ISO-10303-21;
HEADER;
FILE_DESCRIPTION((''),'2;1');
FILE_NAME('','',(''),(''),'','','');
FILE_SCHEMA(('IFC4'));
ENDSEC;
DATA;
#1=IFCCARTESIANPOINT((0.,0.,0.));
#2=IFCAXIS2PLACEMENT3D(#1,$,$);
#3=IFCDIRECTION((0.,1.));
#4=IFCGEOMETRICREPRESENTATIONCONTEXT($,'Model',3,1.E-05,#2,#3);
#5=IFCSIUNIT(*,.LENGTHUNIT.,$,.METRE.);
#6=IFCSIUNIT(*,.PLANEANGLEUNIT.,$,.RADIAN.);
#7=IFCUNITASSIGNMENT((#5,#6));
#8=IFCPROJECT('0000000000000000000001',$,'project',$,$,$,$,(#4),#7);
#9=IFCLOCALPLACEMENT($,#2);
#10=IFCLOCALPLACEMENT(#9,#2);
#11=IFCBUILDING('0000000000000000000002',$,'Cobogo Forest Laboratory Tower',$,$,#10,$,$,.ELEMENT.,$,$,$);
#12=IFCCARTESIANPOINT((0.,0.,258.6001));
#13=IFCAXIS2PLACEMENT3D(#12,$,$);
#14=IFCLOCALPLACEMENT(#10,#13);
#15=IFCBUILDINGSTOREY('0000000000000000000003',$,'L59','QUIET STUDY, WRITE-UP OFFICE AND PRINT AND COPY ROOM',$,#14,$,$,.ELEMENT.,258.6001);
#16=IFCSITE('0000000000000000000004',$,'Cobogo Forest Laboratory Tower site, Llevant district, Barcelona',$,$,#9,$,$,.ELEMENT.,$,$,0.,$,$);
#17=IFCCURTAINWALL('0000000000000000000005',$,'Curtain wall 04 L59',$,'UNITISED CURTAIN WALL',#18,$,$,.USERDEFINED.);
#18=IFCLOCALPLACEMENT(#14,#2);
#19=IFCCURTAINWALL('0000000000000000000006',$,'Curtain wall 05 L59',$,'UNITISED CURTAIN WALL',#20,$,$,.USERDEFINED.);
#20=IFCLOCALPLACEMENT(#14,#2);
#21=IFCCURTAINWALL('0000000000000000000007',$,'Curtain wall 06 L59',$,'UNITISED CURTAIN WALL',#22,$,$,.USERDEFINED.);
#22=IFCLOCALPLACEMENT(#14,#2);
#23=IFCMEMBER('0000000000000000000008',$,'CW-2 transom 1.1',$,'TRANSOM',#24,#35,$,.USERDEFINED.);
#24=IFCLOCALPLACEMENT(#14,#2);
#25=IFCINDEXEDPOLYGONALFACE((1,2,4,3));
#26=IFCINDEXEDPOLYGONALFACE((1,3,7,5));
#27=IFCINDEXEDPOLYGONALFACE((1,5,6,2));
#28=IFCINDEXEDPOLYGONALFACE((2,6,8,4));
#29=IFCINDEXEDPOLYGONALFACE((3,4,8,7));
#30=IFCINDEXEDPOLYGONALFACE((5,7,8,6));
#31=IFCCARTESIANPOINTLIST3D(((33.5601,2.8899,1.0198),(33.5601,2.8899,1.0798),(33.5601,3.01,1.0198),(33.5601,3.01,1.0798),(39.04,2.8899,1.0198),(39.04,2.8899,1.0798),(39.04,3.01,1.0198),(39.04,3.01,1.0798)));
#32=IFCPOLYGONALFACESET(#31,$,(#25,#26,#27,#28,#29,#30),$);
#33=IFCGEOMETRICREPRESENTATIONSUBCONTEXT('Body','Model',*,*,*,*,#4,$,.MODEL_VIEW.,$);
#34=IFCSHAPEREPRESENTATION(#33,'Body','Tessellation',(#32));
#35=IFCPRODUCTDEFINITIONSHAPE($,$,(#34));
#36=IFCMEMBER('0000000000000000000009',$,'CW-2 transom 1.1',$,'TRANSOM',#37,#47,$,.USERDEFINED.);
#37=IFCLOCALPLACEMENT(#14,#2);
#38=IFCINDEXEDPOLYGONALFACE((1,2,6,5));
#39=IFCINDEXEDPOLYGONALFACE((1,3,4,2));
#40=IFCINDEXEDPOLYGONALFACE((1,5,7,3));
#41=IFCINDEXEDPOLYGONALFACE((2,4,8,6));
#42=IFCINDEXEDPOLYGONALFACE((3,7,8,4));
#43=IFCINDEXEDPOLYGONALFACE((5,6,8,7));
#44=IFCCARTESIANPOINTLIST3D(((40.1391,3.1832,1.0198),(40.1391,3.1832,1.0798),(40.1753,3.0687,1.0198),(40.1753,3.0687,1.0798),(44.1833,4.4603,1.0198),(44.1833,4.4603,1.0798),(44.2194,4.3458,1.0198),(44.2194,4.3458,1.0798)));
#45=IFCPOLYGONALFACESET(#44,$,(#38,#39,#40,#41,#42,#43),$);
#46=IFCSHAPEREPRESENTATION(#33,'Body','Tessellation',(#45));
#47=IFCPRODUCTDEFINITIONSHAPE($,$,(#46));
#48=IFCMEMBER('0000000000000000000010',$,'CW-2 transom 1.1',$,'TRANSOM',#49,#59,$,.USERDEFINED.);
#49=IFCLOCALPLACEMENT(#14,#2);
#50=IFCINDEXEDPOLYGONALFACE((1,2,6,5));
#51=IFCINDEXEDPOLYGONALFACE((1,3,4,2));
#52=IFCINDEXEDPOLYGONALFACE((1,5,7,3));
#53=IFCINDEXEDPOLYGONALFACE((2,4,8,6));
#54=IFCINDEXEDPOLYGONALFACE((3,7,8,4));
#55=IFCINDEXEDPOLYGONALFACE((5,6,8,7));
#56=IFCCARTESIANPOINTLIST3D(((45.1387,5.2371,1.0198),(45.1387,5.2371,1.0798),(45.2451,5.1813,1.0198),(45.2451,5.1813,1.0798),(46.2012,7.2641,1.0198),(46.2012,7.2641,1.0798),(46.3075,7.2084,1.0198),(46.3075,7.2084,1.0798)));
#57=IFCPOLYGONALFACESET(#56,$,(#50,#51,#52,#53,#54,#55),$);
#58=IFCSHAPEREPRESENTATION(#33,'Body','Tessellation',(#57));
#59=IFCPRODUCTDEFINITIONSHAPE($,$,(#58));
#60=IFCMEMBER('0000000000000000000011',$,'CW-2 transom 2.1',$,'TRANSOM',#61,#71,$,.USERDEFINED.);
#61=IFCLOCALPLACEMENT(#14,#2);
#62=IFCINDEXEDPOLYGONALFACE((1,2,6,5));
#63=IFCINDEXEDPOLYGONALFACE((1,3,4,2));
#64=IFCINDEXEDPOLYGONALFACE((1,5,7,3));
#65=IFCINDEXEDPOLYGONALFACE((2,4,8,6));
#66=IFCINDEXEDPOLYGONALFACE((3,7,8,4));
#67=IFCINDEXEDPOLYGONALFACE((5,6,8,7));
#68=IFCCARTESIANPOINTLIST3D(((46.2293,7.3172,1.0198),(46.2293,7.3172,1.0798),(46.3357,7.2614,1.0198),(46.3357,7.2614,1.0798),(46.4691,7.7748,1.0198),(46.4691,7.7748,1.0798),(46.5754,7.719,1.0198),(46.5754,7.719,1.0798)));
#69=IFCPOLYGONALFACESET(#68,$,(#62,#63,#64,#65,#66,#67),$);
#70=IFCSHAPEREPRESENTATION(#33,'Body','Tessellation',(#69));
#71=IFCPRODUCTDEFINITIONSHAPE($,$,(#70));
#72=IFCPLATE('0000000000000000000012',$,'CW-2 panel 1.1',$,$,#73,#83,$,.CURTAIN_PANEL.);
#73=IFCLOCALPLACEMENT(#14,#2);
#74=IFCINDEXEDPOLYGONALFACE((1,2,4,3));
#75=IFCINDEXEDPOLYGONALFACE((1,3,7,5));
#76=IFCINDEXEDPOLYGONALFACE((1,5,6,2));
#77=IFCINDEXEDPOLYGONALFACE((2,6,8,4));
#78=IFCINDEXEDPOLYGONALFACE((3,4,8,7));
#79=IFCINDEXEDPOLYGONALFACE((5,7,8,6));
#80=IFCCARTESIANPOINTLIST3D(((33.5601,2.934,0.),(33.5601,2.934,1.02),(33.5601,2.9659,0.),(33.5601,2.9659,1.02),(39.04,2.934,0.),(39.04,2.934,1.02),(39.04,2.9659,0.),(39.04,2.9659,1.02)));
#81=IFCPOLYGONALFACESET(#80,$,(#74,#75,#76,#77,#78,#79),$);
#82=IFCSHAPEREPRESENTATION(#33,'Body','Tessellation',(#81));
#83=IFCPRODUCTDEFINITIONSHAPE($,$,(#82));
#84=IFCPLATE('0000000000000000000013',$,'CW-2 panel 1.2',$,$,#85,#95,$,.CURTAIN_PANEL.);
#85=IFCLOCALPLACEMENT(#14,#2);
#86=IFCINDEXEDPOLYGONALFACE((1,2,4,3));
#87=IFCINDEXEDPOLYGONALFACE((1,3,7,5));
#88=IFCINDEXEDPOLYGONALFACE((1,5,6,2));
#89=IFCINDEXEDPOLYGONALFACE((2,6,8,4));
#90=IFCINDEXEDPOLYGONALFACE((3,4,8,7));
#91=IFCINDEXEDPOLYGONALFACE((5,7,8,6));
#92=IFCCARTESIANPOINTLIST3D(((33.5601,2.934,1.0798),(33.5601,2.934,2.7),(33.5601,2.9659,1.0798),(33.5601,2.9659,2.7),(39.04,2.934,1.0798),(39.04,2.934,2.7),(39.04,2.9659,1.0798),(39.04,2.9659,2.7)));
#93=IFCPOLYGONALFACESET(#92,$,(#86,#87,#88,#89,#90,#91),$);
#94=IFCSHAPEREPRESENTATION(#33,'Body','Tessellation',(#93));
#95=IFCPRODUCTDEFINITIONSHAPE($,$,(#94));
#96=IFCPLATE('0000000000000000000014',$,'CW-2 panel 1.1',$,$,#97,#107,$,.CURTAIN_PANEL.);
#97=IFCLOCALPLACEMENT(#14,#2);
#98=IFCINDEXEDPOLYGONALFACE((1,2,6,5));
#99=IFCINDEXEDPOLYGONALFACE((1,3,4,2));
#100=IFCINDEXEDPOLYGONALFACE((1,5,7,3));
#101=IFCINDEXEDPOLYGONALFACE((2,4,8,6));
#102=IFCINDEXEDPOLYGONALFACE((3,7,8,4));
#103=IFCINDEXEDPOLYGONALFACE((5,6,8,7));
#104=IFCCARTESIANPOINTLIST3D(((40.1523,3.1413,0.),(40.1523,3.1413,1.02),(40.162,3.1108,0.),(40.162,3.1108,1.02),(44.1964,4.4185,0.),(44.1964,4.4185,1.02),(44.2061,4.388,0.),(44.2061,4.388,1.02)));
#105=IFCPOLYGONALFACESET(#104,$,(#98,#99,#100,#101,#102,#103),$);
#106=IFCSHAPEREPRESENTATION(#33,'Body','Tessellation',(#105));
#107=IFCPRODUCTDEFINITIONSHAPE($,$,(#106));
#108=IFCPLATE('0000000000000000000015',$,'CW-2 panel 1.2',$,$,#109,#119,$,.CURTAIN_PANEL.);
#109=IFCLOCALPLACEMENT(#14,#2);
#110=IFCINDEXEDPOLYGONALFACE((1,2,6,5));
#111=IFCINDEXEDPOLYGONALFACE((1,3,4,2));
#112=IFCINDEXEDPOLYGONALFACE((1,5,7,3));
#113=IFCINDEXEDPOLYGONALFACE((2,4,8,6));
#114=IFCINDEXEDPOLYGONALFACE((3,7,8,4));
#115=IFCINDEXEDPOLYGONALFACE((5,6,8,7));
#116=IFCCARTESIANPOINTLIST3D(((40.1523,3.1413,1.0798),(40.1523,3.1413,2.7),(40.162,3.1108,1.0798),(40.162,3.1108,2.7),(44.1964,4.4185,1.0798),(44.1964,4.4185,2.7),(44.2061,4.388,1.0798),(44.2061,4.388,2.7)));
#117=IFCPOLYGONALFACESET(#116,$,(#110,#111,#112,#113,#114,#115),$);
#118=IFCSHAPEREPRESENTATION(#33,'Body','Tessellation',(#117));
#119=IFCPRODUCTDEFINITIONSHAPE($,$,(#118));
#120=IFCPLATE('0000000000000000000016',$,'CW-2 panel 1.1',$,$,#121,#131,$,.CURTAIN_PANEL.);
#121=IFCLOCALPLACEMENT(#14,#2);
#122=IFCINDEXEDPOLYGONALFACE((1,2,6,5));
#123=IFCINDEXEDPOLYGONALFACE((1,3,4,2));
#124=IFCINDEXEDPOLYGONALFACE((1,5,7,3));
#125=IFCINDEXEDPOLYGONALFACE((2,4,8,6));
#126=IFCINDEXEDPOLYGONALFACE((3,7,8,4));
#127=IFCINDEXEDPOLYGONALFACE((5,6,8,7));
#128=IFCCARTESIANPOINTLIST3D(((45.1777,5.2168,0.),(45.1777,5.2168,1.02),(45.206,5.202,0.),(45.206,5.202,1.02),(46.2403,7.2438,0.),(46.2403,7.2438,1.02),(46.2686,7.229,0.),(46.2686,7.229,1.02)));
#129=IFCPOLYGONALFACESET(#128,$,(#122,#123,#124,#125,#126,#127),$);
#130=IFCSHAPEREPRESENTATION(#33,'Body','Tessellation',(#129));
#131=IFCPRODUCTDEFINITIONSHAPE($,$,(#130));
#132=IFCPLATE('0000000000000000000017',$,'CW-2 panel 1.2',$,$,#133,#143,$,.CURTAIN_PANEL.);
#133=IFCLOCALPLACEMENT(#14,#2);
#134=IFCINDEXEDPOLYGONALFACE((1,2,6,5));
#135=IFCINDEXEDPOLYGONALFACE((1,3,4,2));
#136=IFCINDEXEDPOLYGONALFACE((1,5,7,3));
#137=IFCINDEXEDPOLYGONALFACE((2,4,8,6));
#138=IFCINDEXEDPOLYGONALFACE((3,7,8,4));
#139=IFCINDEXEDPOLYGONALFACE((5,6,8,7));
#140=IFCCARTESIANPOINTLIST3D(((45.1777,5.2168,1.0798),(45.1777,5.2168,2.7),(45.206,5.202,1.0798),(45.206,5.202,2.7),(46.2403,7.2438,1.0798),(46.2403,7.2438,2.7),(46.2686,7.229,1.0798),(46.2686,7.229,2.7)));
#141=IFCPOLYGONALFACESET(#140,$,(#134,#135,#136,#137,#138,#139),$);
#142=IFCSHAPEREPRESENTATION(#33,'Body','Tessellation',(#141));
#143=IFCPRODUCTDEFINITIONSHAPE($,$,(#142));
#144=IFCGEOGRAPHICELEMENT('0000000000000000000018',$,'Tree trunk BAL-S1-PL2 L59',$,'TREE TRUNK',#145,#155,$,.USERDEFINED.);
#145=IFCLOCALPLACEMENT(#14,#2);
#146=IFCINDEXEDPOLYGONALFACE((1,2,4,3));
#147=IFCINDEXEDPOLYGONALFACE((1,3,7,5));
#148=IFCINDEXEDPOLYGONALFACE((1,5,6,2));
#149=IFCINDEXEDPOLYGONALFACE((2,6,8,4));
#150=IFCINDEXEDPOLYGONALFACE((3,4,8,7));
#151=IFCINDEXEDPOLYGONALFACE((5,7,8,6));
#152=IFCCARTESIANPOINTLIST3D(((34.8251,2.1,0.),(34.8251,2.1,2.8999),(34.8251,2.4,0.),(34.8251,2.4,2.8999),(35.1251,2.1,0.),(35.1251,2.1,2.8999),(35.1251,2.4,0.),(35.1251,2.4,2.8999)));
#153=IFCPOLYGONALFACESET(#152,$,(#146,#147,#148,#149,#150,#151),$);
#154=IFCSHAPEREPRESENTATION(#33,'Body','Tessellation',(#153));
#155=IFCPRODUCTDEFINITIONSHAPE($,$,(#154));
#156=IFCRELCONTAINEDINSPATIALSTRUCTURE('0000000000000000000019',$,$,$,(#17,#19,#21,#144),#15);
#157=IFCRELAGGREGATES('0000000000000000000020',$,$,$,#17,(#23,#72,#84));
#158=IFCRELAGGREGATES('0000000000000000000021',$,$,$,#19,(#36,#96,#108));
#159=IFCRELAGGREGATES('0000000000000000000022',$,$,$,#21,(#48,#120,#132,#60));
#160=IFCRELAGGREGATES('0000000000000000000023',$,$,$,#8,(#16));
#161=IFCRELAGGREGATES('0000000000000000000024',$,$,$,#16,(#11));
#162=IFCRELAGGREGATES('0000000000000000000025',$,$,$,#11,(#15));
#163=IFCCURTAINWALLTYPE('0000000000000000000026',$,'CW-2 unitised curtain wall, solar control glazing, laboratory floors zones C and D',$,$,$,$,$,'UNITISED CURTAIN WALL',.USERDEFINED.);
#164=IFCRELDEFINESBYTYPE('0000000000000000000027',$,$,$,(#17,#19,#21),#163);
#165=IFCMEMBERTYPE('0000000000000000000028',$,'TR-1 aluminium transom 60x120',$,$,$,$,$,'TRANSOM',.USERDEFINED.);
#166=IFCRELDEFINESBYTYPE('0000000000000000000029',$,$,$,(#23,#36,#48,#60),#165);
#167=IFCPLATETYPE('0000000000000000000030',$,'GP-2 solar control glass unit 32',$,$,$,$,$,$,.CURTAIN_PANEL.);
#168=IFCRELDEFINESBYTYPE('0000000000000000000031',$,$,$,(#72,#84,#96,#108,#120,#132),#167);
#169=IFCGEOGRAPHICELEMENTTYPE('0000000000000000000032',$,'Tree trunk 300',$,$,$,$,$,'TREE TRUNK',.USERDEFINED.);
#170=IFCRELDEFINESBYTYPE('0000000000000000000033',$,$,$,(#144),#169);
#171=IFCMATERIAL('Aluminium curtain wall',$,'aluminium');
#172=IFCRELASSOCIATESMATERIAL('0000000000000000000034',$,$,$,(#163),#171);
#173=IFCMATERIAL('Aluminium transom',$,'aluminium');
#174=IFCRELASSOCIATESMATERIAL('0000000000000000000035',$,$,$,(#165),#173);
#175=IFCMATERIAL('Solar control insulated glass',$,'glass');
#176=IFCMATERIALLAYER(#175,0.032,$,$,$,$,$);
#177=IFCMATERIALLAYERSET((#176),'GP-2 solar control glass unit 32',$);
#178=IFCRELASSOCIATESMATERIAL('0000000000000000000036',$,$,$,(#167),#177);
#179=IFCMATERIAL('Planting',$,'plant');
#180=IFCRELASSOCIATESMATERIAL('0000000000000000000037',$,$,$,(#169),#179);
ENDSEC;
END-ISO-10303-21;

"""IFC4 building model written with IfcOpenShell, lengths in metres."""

from ifc_helpers import new_model, si_unit, direction, frame, origin, origin_2d, place, context, subcontext, project, spatial, rectangle, extrude, material, layer, layer_set, material_profile, profile_set, type_object, element, aggregate, save


model = new_model("IFC4")

# Units and contexts
model_context = context("Model", 3, precision=1e-05, world=origin(), true_north=direction((0.0, 1.0)))
body_context = subcontext(model_context, "Body", "Model", "MODEL_VIEW")
ifc_project = project(units=[si_unit("LENGTHUNIT", "METRE"), si_unit("PLANEANGLEUNIT", "RADIAN")], contexts=[model_context])

# Site, building, storey
site_placement = place(None, origin())
site = spatial("IfcSite", under=ifc_project, at=site_placement, Name="Cobogo Forest Laboratory Tower site, Llevant district, Barcelona", CompositionType="ELEMENT", RefElevation=0.0)
building_placement = place(site_placement, origin())
building = spatial("IfcBuilding", under=site, at=building_placement, Name="Cobogo Forest Laboratory Tower", CompositionType="ELEMENT")
storey_placement = place(building_placement, frame((0.0, 0.0, 258.6001)))
storey = spatial("IfcBuildingStorey", under=building, at=storey_placement, Name="L59", Description="QUIET STUDY, WRITE-UP OFFICE AND PRINT AND COPY ROOM", CompositionType="ELEMENT", Elevation=258.6001)

# Curtain walls
ifc_material_1 = material(Name="Aluminium curtain wall", Category="aluminium")
curtain_wall_type = type_object("IfcCurtainWallType", Name="CW-2 unitised curtain wall, solar control glazing, laboratory floors zones C and D", ElementType="UNITISED CURTAIN WALL", PredefinedType="USERDEFINED", material=ifc_material_1)
curtain_wall_1_placement = place(storey_placement, origin())
curtain_wall_1 = element("IfcCurtainWall", 1, at=curtain_wall_1_placement, inside=storey, type_object=curtain_wall_type, Name="Curtain wall 04 L59", ObjectType="UNITISED CURTAIN WALL", PredefinedType="USERDEFINED")
curtain_wall_2_placement = place(storey_placement, origin())
curtain_wall_2 = element("IfcCurtainWall", 2, at=curtain_wall_2_placement, inside=storey, type_object=curtain_wall_type, Name="Curtain wall 05 L59", ObjectType="UNITISED CURTAIN WALL", PredefinedType="USERDEFINED")
curtain_wall_3_placement = place(storey_placement, origin())
curtain_wall_3 = element("IfcCurtainWall", 3, at=curtain_wall_3_placement, inside=storey, type_object=curtain_wall_type, Name="Curtain wall 06 L59", ObjectType="UNITISED CURTAIN WALL", PredefinedType="USERDEFINED")

# Members
ifc_material_2 = material(Name="Aluminium transom", Category="aluminium")
ifc_material_profile_1 = material_profile(ifc_material_2, rectangle(XDim=0.1201, YDim=0.0601, at=origin_2d()), Name="AL 60x120")
ifc_profile_set_1 = profile_set([ifc_material_profile_1], Name="Aluminium transom")
member_type_1 = type_object("IfcMemberType", Name="TR-1 aluminium transom 60x120", ElementType="TRANSOM", PredefinedType="USERDEFINED", material=ifc_profile_set_1)
member_1_placement = place(storey_placement, frame((33.5601, 2.95, 1.0498), z_axis=(1.0, 0.0, 0.0), x_axis=(0.0, 1.0, 0.0)))
member_1 = element("IfcMember", 4, at=member_1_placement, type_object=member_type_1, Name="CW-2 transom 1.1", ObjectType="TRANSOM", PredefinedType="USERDEFINED", context=body_context, shape_type="SweptSolid", body=[
    extrude(rectangle(XDim=0.1201, YDim=0.0601, at=origin_2d()), origin(), (0.0, 0.0, 1.0), 5.48),
])
member_2_placement = place(storey_placement, frame((40.1572, 3.126, 1.0498), z_axis=(0.953584, 0.301129, 0.0), x_axis=(-0.301129, 0.953584, 0.0)))
member_2 = element("IfcMember", 5, at=member_2_placement, type_object=member_type_1, Name="CW-2 transom 1.1", ObjectType="TRANSOM", PredefinedType="USERDEFINED", context=body_context, shape_type="SweptSolid", body=[
    extrude(rectangle(XDim=0.1201, YDim=0.0601, at=origin_2d()), origin(), (0.0, 0.0, 1.0), 4.241),
])
member_3_placement = place(storey_placement, frame((45.1919, 5.2092, 1.0498), z_axis=(0.464242, 0.885708, 0.0), x_axis=(-0.885708, 0.464242, 0.0)))
member_3 = element("IfcMember", 6, at=member_3_placement, type_object=member_type_1, Name="CW-2 transom 1.1", ObjectType="TRANSOM", PredefinedType="USERDEFINED", context=body_context, shape_type="SweptSolid", body=[
    extrude(rectangle(XDim=0.1201, YDim=0.0601, at=origin_2d()), origin(), (0.0, 0.0, 1.0), 2.2886),
])
member_4_placement = place(storey_placement, frame((46.2825, 7.2893, 1.0498), z_axis=(0.464148, 0.885758, 0.0), x_axis=(-0.885758, 0.464148, 0.0)))
member_4 = element("IfcMember", 7, at=member_4_placement, type_object=member_type_1, Name="CW-2 transom 2.1", ObjectType="TRANSOM", PredefinedType="USERDEFINED", context=body_context, shape_type="SweptSolid", body=[
    extrude(rectangle(XDim=0.1201, YDim=0.0601, at=origin_2d()), origin(), (0.0, 0.0, 1.0), 0.5166),
])

# Plates
ifc_material_3 = material(Name="Solar control insulated glass", Category="glass")
ifc_layer = layer(ifc_material_3, 0.032)
ifc_layer_set = layer_set([ifc_layer], Name="GP-2 solar control glass unit 32")
plate_type = type_object("IfcPlateType", Name="GP-2 solar control glass unit 32", PredefinedType="CURTAIN_PANEL", material=ifc_layer_set)
plate_1_placement = place(storey_placement, frame((36.3, 2.95, 0.0), z_axis=(0.0, 0.0, 1.0), x_axis=(1.0, 0.0, 0.0)))
plate_1 = element("IfcPlate", 8, at=plate_1_placement, type_object=plate_type, Name="CW-2 panel 1.1", PredefinedType="CURTAIN_PANEL", context=body_context, shape_type="SweptSolid", body=[
    extrude(rectangle(XDim=5.48, YDim=0.032, at=origin_2d()), origin(), (0.0, 0.0, 1.0), 1.02),
])
plate_2_placement = place(storey_placement, frame((36.3, 2.95, 1.0798), z_axis=(0.0, 0.0, 1.0), x_axis=(1.0, 0.0, 0.0)))
plate_2 = element("IfcPlate", 9, at=plate_2_placement, type_object=plate_type, Name="CW-2 panel 1.2", PredefinedType="CURTAIN_PANEL", context=body_context, shape_type="SweptSolid", body=[
    extrude(rectangle(XDim=5.48, YDim=0.032, at=origin_2d()), origin(), (0.0, 0.0, 1.0), 1.6201),
])
aggregate(curtain_wall_1, [member_1, plate_1, plate_2])
plate_3_placement = place(storey_placement, frame((42.1792, 3.7646, 0.0), z_axis=(0.0, 0.0, 1.0), x_axis=(0.953581, 0.301135, 0.0)))
plate_3 = element("IfcPlate", 10, at=plate_3_placement, type_object=plate_type, Name="CW-2 panel 1.1", PredefinedType="CURTAIN_PANEL", context=body_context, shape_type="SweptSolid", body=[
    extrude(rectangle(XDim=4.241, YDim=0.032, at=origin_2d()), origin(), (0.0, 0.0, 1.0), 1.02),
])
plate_4_placement = place(storey_placement, frame((42.1792, 3.7646, 1.0798), z_axis=(0.0, 0.0, 1.0), x_axis=(0.953581, 0.301135, 0.0)))
plate_4 = element("IfcPlate", 11, at=plate_4_placement, type_object=plate_type, Name="CW-2 panel 1.2", PredefinedType="CURTAIN_PANEL", context=body_context, shape_type="SweptSolid", body=[
    extrude(rectangle(XDim=4.241, YDim=0.032, at=origin_2d()), origin(), (0.0, 0.0, 1.0), 1.6201),
])
aggregate(curtain_wall_2, [member_2, plate_3, plate_4])
plate_5_placement = place(storey_placement, frame((45.7231, 6.2229, 0.0), z_axis=(0.0, 0.0, 1.0), x_axis=(0.464284, 0.885686, 0.0)))
plate_5 = element("IfcPlate", 12, at=plate_5_placement, type_object=plate_type, Name="CW-2 panel 1.1", PredefinedType="CURTAIN_PANEL", context=body_context, shape_type="SweptSolid", body=[
    extrude(rectangle(XDim=2.2886, YDim=0.032, at=origin_2d()), origin(), (0.0, 0.0, 1.0), 1.02),
])
plate_6_placement = place(storey_placement, frame((45.7231, 6.2229, 1.0798), z_axis=(0.0, 0.0, 1.0), x_axis=(0.464284, 0.885686, 0.0)))
plate_6 = element("IfcPlate", 13, at=plate_6_placement, type_object=plate_type, Name="CW-2 panel 1.2", PredefinedType="CURTAIN_PANEL", context=body_context, shape_type="SweptSolid", body=[
    extrude(rectangle(XDim=2.2886, YDim=0.032, at=origin_2d()), origin(), (0.0, 0.0, 1.0), 1.6201),
])
aggregate(curtain_wall_3, [member_3, plate_5, plate_6, member_4])

# Geographic element
ifc_material_4 = material(Name="Planting", Category="plant")
geographic_element_type = type_object("IfcGeographicElementType", Name="Tree trunk 300", ElementType="TREE TRUNK", PredefinedType="USERDEFINED", material=ifc_material_4)
geographic_element_placement = place(storey_placement, frame((34.9751, 2.25, 0.0), z_axis=(0.0, 0.0, 1.0), x_axis=(1.0, 0.0, 0.0)))
element("IfcGeographicElement", 14, at=geographic_element_placement, inside=storey, type_object=geographic_element_type, Name="Tree trunk BAL-S1-PL2 L59", ObjectType="TREE TRUNK", PredefinedType="USERDEFINED", context=body_context, shape_type="SweptSolid", body=[
    extrude(rectangle(XDim=0.3, YDim=0.3, at=origin_2d()), origin(), (0.0, 0.0, 1.0), 2.8999),
])

save(model, "model.ifc")
